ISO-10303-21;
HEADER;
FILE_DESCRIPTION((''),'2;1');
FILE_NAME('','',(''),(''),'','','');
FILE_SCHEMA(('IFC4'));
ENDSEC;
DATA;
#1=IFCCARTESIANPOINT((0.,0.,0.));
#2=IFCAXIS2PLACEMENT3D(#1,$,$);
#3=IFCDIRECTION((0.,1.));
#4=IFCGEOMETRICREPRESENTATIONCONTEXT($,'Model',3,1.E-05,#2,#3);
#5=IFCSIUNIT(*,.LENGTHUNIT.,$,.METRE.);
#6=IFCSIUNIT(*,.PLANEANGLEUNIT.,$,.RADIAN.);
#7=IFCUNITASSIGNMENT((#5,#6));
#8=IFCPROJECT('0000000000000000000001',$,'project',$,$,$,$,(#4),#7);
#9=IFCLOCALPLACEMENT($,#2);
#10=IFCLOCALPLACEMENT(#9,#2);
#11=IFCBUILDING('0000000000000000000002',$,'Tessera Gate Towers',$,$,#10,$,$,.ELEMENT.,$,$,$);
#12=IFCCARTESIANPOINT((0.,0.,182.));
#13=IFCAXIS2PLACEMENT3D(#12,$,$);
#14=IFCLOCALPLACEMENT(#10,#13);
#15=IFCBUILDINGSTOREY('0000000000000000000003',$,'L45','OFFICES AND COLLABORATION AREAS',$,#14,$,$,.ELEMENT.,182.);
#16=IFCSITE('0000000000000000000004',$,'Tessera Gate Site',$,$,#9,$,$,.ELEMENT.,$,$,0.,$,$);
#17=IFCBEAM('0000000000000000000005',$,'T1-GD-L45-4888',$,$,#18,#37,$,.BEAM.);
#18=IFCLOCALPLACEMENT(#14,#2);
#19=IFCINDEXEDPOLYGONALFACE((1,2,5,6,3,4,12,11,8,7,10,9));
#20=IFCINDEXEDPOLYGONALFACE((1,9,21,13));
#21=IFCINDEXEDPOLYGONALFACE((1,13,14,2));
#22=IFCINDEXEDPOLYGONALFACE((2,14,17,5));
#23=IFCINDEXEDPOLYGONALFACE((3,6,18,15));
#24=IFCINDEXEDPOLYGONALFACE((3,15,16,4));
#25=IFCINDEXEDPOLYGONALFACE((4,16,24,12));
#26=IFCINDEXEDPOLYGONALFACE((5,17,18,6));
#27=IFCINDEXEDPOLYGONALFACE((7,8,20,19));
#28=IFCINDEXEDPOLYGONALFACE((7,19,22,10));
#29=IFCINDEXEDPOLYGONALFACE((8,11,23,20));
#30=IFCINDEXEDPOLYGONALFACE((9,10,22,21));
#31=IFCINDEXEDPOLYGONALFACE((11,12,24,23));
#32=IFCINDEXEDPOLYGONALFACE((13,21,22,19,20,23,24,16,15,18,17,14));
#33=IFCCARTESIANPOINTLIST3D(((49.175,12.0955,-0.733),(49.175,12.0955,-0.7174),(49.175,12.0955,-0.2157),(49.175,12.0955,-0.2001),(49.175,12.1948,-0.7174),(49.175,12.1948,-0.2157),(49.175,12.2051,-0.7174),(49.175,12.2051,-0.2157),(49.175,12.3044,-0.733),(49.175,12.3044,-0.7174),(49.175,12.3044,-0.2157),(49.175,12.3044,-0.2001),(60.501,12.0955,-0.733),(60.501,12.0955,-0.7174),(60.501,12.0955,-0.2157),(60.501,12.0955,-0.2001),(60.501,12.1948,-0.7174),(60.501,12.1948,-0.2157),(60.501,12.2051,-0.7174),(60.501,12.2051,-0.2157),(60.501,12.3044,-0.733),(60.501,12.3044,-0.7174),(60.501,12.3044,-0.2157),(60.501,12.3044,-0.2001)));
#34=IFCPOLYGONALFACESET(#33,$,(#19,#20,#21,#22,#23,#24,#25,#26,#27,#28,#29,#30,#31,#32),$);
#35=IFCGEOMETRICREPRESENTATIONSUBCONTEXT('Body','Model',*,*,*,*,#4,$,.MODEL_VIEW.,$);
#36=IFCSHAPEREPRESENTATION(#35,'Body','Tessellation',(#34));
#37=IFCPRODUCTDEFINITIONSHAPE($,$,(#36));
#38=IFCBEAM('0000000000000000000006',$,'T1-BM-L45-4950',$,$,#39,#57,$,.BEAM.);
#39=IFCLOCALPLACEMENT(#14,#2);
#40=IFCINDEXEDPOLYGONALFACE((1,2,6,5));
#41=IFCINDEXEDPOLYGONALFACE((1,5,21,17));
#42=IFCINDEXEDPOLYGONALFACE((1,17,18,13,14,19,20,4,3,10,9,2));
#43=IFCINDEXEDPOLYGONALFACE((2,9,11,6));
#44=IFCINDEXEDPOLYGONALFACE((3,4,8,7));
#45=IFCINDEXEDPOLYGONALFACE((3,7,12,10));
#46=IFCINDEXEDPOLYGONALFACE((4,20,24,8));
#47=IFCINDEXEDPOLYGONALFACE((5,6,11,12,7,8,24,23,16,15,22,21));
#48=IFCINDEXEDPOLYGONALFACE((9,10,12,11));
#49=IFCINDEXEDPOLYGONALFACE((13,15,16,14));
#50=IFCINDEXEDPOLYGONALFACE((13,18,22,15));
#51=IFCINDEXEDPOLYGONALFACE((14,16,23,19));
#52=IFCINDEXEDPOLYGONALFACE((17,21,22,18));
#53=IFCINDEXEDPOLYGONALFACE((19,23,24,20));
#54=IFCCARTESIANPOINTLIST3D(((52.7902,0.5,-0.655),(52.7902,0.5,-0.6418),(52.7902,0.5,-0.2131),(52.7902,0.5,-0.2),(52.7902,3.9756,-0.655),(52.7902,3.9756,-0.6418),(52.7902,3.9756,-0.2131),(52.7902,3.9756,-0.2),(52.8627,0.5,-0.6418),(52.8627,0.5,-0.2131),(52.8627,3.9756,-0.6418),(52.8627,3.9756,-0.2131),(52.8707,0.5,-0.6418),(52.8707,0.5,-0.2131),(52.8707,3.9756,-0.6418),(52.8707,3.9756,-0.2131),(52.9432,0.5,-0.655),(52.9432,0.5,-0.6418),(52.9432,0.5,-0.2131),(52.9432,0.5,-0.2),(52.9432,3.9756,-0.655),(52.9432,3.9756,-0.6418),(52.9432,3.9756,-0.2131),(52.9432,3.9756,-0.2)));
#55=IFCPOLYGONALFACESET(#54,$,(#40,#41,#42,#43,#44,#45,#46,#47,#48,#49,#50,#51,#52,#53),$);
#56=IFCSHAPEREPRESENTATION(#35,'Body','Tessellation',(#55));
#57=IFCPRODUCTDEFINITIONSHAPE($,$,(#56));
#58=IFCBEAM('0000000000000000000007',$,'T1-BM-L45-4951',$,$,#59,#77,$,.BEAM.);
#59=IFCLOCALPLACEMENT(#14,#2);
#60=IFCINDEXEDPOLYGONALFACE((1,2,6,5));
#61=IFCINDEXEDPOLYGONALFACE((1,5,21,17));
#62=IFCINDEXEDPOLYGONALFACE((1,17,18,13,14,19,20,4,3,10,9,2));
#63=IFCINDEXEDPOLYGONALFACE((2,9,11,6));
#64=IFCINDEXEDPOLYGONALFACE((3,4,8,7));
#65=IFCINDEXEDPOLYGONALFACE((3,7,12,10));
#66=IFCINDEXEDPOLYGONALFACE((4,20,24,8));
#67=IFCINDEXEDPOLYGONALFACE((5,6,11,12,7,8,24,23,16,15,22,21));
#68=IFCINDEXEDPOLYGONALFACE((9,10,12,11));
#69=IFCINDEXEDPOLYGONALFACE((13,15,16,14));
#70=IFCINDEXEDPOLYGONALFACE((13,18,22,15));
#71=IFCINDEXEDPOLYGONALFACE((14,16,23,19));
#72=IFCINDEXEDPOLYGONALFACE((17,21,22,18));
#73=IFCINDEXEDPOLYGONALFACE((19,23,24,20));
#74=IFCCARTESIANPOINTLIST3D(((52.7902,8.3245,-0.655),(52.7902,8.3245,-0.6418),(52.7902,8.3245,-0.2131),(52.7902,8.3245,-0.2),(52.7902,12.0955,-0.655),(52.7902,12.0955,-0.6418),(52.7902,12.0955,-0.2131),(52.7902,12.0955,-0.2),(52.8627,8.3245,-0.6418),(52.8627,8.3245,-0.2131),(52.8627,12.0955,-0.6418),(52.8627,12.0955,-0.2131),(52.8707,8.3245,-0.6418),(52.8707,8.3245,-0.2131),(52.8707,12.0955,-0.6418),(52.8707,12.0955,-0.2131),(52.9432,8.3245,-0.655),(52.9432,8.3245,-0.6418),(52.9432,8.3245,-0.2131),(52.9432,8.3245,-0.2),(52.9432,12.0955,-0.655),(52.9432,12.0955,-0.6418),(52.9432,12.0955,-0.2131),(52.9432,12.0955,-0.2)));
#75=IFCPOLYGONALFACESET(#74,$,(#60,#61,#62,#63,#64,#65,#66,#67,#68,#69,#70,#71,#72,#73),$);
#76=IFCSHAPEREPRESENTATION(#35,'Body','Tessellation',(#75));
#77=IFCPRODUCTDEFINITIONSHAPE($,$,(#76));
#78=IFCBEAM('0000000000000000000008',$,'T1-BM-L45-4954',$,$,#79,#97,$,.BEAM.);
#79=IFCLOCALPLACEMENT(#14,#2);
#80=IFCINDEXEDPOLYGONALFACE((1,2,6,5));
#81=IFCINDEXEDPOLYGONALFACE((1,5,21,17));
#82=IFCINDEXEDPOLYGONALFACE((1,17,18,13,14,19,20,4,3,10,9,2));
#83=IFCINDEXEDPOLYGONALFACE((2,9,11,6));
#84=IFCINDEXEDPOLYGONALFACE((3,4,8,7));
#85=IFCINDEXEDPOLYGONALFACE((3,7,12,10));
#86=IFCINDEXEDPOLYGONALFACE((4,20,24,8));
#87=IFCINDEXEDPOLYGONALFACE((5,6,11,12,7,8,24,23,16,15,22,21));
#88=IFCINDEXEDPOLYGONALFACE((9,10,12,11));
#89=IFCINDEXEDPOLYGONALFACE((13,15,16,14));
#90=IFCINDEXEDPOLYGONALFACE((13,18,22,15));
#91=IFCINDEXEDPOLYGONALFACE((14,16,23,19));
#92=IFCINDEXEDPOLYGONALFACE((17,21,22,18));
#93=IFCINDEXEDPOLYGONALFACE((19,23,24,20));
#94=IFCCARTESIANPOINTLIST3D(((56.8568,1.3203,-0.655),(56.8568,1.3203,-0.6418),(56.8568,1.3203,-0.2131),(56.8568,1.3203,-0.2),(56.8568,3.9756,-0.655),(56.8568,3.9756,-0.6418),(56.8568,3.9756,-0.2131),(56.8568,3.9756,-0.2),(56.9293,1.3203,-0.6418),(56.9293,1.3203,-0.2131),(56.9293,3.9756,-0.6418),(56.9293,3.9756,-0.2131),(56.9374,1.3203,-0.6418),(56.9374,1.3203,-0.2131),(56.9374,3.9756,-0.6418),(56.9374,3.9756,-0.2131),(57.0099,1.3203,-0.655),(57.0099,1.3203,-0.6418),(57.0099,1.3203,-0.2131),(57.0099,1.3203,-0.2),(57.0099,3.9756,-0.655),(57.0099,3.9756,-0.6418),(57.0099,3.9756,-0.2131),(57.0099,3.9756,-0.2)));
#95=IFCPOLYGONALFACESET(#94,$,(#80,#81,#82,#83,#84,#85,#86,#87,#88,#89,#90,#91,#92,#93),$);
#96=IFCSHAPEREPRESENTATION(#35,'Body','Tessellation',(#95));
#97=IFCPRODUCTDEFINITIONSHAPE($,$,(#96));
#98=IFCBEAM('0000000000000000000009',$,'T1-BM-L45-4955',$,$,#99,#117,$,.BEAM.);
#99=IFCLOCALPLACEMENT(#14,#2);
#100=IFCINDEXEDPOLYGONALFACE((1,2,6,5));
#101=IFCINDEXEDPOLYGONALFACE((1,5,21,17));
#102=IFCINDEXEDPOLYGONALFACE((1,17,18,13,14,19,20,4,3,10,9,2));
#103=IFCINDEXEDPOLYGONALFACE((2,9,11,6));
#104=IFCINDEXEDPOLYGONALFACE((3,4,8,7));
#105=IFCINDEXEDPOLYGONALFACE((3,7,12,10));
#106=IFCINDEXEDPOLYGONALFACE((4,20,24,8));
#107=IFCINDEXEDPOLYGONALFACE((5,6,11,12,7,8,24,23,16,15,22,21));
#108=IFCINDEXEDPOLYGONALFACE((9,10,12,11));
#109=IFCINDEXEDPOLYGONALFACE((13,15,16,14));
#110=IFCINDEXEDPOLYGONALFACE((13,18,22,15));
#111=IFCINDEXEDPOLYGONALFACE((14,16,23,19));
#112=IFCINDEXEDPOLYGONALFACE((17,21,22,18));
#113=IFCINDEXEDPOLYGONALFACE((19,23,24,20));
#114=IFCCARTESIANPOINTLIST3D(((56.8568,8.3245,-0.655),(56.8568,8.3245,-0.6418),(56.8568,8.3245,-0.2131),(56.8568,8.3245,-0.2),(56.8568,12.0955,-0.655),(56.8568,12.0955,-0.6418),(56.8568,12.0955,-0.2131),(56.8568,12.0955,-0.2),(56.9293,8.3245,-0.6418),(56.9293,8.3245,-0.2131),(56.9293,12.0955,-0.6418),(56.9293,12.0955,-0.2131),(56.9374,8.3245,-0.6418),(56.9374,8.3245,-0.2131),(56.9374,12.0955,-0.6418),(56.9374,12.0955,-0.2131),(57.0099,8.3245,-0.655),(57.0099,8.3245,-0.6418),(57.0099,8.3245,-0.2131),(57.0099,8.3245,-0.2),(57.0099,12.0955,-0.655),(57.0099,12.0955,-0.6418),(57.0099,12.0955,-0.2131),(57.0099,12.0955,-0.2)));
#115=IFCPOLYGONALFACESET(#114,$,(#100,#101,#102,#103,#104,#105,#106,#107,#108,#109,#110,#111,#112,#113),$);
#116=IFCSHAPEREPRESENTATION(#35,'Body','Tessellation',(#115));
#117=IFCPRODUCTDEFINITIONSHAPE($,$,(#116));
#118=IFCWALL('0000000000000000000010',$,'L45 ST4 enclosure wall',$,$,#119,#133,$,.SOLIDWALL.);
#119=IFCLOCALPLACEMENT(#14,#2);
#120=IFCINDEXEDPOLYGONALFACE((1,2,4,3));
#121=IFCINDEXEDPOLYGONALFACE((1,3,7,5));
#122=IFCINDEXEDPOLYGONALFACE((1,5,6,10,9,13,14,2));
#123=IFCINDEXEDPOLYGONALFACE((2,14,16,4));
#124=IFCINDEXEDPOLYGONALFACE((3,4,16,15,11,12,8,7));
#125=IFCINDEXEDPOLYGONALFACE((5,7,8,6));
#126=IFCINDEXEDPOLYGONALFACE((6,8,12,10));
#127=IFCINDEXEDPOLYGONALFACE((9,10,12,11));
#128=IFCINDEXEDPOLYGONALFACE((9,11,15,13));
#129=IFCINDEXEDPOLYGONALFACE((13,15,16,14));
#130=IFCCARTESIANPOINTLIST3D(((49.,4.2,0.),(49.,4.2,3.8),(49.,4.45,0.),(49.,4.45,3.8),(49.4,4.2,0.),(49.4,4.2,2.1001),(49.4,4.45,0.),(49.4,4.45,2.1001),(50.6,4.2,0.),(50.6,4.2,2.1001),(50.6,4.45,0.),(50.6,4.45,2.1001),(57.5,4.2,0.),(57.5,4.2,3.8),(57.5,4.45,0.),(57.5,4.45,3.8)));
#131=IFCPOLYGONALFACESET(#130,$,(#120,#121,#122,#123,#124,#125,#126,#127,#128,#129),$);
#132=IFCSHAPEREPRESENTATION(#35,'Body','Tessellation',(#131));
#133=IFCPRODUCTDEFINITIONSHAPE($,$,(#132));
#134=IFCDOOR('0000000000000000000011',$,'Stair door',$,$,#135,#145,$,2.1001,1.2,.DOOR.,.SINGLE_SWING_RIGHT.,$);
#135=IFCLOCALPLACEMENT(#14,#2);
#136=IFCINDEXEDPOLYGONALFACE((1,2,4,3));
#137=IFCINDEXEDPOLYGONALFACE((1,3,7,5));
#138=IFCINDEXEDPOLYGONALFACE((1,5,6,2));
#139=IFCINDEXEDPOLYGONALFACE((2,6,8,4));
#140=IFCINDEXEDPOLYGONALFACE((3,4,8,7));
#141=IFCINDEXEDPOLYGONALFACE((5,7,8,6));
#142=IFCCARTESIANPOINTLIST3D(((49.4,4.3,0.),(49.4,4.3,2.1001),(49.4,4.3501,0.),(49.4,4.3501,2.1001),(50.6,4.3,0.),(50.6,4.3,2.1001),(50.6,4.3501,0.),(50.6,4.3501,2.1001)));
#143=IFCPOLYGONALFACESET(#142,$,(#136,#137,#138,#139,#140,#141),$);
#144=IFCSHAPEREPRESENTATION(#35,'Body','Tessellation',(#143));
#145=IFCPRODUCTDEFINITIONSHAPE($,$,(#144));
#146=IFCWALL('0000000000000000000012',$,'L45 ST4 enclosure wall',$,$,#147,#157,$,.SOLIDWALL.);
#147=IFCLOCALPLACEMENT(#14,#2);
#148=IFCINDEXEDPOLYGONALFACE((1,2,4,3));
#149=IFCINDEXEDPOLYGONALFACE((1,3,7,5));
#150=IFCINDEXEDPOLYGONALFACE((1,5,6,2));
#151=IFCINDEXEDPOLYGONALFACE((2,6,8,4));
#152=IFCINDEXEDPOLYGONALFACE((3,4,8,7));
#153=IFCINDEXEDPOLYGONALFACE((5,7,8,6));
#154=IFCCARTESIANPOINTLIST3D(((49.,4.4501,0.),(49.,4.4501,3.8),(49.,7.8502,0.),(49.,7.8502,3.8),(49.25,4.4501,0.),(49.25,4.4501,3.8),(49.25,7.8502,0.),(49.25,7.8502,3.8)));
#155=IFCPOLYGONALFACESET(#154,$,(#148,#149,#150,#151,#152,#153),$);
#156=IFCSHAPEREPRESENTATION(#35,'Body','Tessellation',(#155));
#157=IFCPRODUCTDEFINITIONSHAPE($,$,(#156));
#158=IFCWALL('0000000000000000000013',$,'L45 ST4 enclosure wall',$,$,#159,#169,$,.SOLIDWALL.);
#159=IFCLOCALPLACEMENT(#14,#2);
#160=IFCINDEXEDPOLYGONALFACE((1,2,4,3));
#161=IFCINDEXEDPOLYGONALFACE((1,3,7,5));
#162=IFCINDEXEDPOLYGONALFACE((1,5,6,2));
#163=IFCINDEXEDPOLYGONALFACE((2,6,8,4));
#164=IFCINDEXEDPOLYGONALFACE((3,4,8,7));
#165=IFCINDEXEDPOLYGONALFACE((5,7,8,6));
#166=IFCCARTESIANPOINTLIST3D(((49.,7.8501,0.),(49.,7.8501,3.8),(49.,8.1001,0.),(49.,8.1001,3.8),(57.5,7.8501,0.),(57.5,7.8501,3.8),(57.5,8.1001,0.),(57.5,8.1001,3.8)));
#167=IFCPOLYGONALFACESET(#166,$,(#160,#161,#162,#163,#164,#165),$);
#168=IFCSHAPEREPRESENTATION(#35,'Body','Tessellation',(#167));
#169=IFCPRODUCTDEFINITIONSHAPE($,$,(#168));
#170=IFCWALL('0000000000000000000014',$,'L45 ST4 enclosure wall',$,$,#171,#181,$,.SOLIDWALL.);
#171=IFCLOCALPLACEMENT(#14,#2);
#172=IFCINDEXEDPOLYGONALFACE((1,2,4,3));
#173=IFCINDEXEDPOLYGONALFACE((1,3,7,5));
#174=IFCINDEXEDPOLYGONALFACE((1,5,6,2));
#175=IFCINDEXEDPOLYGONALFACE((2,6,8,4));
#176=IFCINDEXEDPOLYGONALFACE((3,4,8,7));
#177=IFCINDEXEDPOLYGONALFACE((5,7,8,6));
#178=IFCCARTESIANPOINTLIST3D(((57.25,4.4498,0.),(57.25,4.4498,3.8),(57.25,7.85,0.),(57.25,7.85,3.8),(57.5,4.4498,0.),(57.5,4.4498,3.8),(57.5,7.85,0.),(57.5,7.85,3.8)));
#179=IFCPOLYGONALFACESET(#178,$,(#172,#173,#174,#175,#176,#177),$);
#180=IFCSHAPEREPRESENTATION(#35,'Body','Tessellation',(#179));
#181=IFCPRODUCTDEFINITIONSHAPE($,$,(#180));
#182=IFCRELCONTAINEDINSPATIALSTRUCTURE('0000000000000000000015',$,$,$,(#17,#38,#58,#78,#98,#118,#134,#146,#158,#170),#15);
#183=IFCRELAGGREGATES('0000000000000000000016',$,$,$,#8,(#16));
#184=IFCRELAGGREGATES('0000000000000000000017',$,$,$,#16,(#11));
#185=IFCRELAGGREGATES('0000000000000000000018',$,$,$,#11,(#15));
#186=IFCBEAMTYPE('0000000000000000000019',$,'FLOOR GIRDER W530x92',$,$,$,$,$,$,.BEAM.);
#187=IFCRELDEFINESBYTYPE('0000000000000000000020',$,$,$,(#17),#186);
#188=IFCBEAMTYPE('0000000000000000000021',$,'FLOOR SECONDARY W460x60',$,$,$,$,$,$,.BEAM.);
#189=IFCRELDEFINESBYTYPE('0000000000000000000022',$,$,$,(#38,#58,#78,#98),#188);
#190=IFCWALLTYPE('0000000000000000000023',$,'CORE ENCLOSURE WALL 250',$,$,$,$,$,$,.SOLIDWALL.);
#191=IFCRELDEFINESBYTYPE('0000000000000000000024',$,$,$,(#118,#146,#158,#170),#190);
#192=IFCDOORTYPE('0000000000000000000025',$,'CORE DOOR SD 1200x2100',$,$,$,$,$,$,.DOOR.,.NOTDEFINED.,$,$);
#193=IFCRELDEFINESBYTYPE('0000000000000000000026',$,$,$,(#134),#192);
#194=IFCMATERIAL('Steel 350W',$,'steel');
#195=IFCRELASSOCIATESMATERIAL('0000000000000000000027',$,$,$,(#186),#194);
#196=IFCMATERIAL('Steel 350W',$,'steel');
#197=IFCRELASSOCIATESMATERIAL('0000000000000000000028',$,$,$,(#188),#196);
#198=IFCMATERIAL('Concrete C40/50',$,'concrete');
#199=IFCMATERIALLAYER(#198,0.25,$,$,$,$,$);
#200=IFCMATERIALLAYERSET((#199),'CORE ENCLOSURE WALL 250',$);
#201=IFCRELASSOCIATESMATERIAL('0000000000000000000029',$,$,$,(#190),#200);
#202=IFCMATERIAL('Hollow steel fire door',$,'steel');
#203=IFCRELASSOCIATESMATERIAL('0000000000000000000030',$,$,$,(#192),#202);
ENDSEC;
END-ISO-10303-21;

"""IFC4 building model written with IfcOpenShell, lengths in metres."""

from ifc_helpers import new_model, si_unit, direction, frame, frame_2d, origin, origin_2d, place, context, subcontext, project, spatial, rectangle, i_section, extrude, source, transform, mapped, material, layer, layer_set, material_profile, profile_set, type_object, element, fill, save


model = new_model("IFC4")

# Units and contexts
model_context = context("Model", 3, precision=1e-05, world=origin(), true_north=direction((0.0, 1.0)))
body_context = subcontext(model_context, "Body", "Model", "MODEL_VIEW")
ifc_project = project(units=[si_unit("LENGTHUNIT", "METRE"), si_unit("PLANEANGLEUNIT", "RADIAN")], contexts=[model_context])

# Site, building, storey
site_placement = place(None, origin())
site = spatial("IfcSite", under=ifc_project, at=site_placement, Name="Tessera Gate Site", CompositionType="ELEMENT", RefElevation=0.0)
building_placement = place(site_placement, origin())
building = spatial("IfcBuilding", under=site, at=building_placement, Name="Tessera Gate Towers", CompositionType="ELEMENT")
storey_placement = place(building_placement, frame((0.0, 0.0, 182.0)))
storey = spatial("IfcBuildingStorey", under=building, at=storey_placement, Name="L45", Description="OFFICES AND COLLABORATION AREAS", CompositionType="ELEMENT", Elevation=182.0)

# Beams
ifc_material_1 = material(Name="Steel 350W", Category="steel")
ifc_material_profile_1 = material_profile(ifc_material_1, i_section(OverallWidth=0.209, OverallDepth=0.533, WebThickness=0.0103, FlangeThickness=0.0156, at=origin_2d()), Name="W530x92")
ifc_profile_set_1 = profile_set([ifc_material_profile_1], Name="Steel 350W")
beam_type_1 = type_object("IfcBeamType", Name="FLOOR GIRDER W530x92", PredefinedType="BEAM", material=ifc_profile_set_1)
beam_1_placement = place(storey_placement, frame((49.175, 12.2, -0.4666), z_axis=(1.0, 0.0, 0.0), x_axis=(0.0, 1.0, 0.0)))
element("IfcBeam", 1, at=beam_1_placement, inside=storey, type_object=beam_type_1, Name="T1-GD-L45-4888", PredefinedType="BEAM", context=body_context, shape_type="SweptSolid", body=[
    extrude(i_section(OverallWidth=0.209, OverallDepth=0.533, WebThickness=0.0103, FlangeThickness=0.0156, at=origin_2d()), origin(), (0.0, 0.0, 1.0), 11.3259),
])
ifc_material_2 = material(Name="Steel 350W", Category="steel")
ifc_material_profile_2 = material_profile(ifc_material_2, i_section(OverallWidth=0.1531, OverallDepth=0.4551, WebThickness=0.0081, FlangeThickness=0.0132, at=origin_2d()), Name="W460x60")
ifc_profile_set_2 = profile_set([ifc_material_profile_2], Name="Steel 350W")
beam_type_2 = type_object("IfcBeamType", Name="FLOOR SECONDARY W460x60", PredefinedType="BEAM", material=ifc_profile_set_2)
beam_2_placement = place(storey_placement, frame((52.8667, 0.5, -0.4275), z_axis=(0.0, 1.0, 0.0), x_axis=(-1.0, 0.0, 0.0)))
element("IfcBeam", 2, at=beam_2_placement, inside=storey, type_object=beam_type_2, Name="T1-BM-L45-4950", PredefinedType="BEAM", context=body_context, shape_type="SweptSolid", body=[
    extrude(i_section(OverallWidth=0.1531, OverallDepth=0.4551, WebThickness=0.0081, FlangeThickness=0.0132, at=origin_2d()), origin(), (0.0, 0.0, 1.0), 3.4756),
])
beam_3_placement = place(storey_placement, frame((52.8667, 8.3245, -0.4275), z_axis=(0.0, 1.0, 0.0), x_axis=(-1.0, 0.0, 0.0)))
element("IfcBeam", 3, at=beam_3_placement, inside=storey, type_object=beam_type_2, Name="T1-BM-L45-4951", PredefinedType="BEAM", context=body_context, shape_type="SweptSolid", body=[
    extrude(i_section(OverallWidth=0.1531, OverallDepth=0.4551, WebThickness=0.0081, FlangeThickness=0.0132, at=origin_2d()), origin(), (0.0, 0.0, 1.0), 3.771),
])
beam_4_placement = place(storey_placement, frame((56.9333, 1.3203, -0.4275), z_axis=(0.0, 1.0, 0.0), x_axis=(-1.0, 0.0, 0.0)))
element("IfcBeam", 4, at=beam_4_placement, inside=storey, type_object=beam_type_2, Name="T1-BM-L45-4954", PredefinedType="BEAM", context=body_context, shape_type="SweptSolid", body=[
    extrude(i_section(OverallWidth=0.1531, OverallDepth=0.4551, WebThickness=0.0081, FlangeThickness=0.0132, at=origin_2d()), origin(), (0.0, 0.0, 1.0), 2.6553),
])
beam_5_placement = place(storey_placement, frame((56.9333, 8.3245, -0.4275), z_axis=(0.0, 1.0, 0.0), x_axis=(-1.0, 0.0, 0.0)))
element("IfcBeam", 5, at=beam_5_placement, inside=storey, type_object=beam_type_2, Name="T1-BM-L45-4955", PredefinedType="BEAM", context=body_context, shape_type="SweptSolid", body=[
    extrude(i_section(OverallWidth=0.1531, OverallDepth=0.4551, WebThickness=0.0081, FlangeThickness=0.0132, at=origin_2d()), origin(), (0.0, 0.0, 1.0), 3.771),
])

# Wall, opening, door
ifc_material_3 = material(Name="Concrete C40/50", Category="concrete")
ifc_layer_1 = layer(ifc_material_3, 0.25)
ifc_layer_set_1 = layer_set([ifc_layer_1], Name="CORE ENCLOSURE WALL 250")
wall_type_1 = type_object("IfcWallType", Name="CORE ENCLOSURE WALL 250", PredefinedType="SOLIDWALL", material=ifc_layer_set_1)
wall_1_placement = place(storey_placement, frame((57.5, 4.325, 0.0), z_axis=(0.0, 0.0, 1.0), x_axis=(-1.0, 0.0, 0.0)))
wall_1 = element("IfcWall", 6, at=wall_1_placement, inside=storey, type_object=wall_type_1, Name="L45 ST4 enclosure wall", PredefinedType="SOLIDWALL", context=body_context, shape_type="SweptSolid", body=[
    extrude(rectangle(XDim=8.5, YDim=0.25, at=frame_2d((4.25, 0.0))), origin(), (0.0, 0.0, 1.0), 3.8),
])
shared_shape_1 = source(origin(), body_context, "Body", "SweptSolid", [
    extrude(rectangle(XDim=1.2, YDim=2.1001, at=frame_2d((0.6001, 1.05))), frame((0.0, 0.135, 0.0), z_axis=(0.0, -1.0, 0.0), x_axis=(1.0, 0.0, 0.0)), (0.0, 0.0, 1.0), 0.27),
])
opening_1_placement = place(wall_1_placement, frame((6.8999, 0.0, 0.0)))
opening_1 = element("IfcOpeningElement", 7, at=opening_1_placement, cuts=wall_1, PredefinedType="OPENING", context=body_context, shape_type="MappedRepresentation", body=[
    mapped(shared_shape_1, transform((0.0, 0.0, 0.0), scale=1.0)),
])
ifc_material_4 = material(Name="Hollow steel fire door", Category="steel")
door_type = type_object("IfcDoorType", Name="CORE DOOR SD 1200x2100", OperationType="NOTDEFINED", PredefinedType="DOOR", material=ifc_material_4)
shared_shape_2 = source(origin(), body_context, "Body", "SweptSolid", [
    extrude(rectangle(XDim=1.2, YDim=2.1001, at=frame_2d((0.6001, 1.05))), frame((0.0, 0.0249, 0.0), z_axis=(0.0, -1.0, 0.0), x_axis=(1.0, 0.0, 0.0)), (0.0, 0.0, 1.0), 0.05),
])
door_placement = place(opening_1_placement, origin())
door = element("IfcDoor", 8, at=door_placement, inside=storey, type_object=door_type, Name="Stair door", OperationType="SINGLE_SWING_RIGHT", OverallHeight=2.1001, OverallWidth=1.2, PredefinedType="DOOR", context=body_context, shape_type="MappedRepresentation", body=[
    mapped(shared_shape_2, transform((0.0, 0.0, 0.0), scale=1.0)),
])
fill(opening_1, door)

# Walls
wall_2_placement = place(storey_placement, frame((49.125, 4.45, 0.0), z_axis=(0.0, 0.0, 1.0), x_axis=(0.0, 1.0, 0.0)))
element("IfcWall", 9, at=wall_2_placement, inside=storey, type_object=wall_type_1, Name="L45 ST4 enclosure wall", PredefinedType="SOLIDWALL", context=body_context, shape_type="SweptSolid", body=[
    extrude(rectangle(XDim=3.4001, YDim=0.25, at=frame_2d((1.7002, 0.0))), origin(), (0.0, 0.0, 1.0), 3.8),
])
wall_3_placement = place(storey_placement, frame((49.0, 7.9751, 0.0), z_axis=(0.0, 0.0, 1.0), x_axis=(1.0, 0.0, 0.0)))
element("IfcWall", 10, at=wall_3_placement, inside=storey, type_object=wall_type_1, Name="L45 ST4 enclosure wall", PredefinedType="SOLIDWALL", context=body_context, shape_type="SweptSolid", body=[
    extrude(rectangle(XDim=8.5, YDim=0.25, at=frame_2d((4.25, 0.0))), origin(), (0.0, 0.0, 1.0), 3.8),
])
wall_4_placement = place(storey_placement, frame((57.375, 7.8501, 0.0), z_axis=(0.0, 0.0, 1.0), x_axis=(0.0, -1.0, 0.0)))
element("IfcWall", 11, at=wall_4_placement, inside=storey, type_object=wall_type_1, Name="L45 ST4 enclosure wall", PredefinedType="SOLIDWALL", context=body_context, shape_type="SweptSolid", body=[
    extrude(rectangle(XDim=3.4001, YDim=0.25, at=frame_2d((1.7002, 0.0))), origin(), (0.0, 0.0, 1.0), 3.8),
])

save(model, "model.ifc")
